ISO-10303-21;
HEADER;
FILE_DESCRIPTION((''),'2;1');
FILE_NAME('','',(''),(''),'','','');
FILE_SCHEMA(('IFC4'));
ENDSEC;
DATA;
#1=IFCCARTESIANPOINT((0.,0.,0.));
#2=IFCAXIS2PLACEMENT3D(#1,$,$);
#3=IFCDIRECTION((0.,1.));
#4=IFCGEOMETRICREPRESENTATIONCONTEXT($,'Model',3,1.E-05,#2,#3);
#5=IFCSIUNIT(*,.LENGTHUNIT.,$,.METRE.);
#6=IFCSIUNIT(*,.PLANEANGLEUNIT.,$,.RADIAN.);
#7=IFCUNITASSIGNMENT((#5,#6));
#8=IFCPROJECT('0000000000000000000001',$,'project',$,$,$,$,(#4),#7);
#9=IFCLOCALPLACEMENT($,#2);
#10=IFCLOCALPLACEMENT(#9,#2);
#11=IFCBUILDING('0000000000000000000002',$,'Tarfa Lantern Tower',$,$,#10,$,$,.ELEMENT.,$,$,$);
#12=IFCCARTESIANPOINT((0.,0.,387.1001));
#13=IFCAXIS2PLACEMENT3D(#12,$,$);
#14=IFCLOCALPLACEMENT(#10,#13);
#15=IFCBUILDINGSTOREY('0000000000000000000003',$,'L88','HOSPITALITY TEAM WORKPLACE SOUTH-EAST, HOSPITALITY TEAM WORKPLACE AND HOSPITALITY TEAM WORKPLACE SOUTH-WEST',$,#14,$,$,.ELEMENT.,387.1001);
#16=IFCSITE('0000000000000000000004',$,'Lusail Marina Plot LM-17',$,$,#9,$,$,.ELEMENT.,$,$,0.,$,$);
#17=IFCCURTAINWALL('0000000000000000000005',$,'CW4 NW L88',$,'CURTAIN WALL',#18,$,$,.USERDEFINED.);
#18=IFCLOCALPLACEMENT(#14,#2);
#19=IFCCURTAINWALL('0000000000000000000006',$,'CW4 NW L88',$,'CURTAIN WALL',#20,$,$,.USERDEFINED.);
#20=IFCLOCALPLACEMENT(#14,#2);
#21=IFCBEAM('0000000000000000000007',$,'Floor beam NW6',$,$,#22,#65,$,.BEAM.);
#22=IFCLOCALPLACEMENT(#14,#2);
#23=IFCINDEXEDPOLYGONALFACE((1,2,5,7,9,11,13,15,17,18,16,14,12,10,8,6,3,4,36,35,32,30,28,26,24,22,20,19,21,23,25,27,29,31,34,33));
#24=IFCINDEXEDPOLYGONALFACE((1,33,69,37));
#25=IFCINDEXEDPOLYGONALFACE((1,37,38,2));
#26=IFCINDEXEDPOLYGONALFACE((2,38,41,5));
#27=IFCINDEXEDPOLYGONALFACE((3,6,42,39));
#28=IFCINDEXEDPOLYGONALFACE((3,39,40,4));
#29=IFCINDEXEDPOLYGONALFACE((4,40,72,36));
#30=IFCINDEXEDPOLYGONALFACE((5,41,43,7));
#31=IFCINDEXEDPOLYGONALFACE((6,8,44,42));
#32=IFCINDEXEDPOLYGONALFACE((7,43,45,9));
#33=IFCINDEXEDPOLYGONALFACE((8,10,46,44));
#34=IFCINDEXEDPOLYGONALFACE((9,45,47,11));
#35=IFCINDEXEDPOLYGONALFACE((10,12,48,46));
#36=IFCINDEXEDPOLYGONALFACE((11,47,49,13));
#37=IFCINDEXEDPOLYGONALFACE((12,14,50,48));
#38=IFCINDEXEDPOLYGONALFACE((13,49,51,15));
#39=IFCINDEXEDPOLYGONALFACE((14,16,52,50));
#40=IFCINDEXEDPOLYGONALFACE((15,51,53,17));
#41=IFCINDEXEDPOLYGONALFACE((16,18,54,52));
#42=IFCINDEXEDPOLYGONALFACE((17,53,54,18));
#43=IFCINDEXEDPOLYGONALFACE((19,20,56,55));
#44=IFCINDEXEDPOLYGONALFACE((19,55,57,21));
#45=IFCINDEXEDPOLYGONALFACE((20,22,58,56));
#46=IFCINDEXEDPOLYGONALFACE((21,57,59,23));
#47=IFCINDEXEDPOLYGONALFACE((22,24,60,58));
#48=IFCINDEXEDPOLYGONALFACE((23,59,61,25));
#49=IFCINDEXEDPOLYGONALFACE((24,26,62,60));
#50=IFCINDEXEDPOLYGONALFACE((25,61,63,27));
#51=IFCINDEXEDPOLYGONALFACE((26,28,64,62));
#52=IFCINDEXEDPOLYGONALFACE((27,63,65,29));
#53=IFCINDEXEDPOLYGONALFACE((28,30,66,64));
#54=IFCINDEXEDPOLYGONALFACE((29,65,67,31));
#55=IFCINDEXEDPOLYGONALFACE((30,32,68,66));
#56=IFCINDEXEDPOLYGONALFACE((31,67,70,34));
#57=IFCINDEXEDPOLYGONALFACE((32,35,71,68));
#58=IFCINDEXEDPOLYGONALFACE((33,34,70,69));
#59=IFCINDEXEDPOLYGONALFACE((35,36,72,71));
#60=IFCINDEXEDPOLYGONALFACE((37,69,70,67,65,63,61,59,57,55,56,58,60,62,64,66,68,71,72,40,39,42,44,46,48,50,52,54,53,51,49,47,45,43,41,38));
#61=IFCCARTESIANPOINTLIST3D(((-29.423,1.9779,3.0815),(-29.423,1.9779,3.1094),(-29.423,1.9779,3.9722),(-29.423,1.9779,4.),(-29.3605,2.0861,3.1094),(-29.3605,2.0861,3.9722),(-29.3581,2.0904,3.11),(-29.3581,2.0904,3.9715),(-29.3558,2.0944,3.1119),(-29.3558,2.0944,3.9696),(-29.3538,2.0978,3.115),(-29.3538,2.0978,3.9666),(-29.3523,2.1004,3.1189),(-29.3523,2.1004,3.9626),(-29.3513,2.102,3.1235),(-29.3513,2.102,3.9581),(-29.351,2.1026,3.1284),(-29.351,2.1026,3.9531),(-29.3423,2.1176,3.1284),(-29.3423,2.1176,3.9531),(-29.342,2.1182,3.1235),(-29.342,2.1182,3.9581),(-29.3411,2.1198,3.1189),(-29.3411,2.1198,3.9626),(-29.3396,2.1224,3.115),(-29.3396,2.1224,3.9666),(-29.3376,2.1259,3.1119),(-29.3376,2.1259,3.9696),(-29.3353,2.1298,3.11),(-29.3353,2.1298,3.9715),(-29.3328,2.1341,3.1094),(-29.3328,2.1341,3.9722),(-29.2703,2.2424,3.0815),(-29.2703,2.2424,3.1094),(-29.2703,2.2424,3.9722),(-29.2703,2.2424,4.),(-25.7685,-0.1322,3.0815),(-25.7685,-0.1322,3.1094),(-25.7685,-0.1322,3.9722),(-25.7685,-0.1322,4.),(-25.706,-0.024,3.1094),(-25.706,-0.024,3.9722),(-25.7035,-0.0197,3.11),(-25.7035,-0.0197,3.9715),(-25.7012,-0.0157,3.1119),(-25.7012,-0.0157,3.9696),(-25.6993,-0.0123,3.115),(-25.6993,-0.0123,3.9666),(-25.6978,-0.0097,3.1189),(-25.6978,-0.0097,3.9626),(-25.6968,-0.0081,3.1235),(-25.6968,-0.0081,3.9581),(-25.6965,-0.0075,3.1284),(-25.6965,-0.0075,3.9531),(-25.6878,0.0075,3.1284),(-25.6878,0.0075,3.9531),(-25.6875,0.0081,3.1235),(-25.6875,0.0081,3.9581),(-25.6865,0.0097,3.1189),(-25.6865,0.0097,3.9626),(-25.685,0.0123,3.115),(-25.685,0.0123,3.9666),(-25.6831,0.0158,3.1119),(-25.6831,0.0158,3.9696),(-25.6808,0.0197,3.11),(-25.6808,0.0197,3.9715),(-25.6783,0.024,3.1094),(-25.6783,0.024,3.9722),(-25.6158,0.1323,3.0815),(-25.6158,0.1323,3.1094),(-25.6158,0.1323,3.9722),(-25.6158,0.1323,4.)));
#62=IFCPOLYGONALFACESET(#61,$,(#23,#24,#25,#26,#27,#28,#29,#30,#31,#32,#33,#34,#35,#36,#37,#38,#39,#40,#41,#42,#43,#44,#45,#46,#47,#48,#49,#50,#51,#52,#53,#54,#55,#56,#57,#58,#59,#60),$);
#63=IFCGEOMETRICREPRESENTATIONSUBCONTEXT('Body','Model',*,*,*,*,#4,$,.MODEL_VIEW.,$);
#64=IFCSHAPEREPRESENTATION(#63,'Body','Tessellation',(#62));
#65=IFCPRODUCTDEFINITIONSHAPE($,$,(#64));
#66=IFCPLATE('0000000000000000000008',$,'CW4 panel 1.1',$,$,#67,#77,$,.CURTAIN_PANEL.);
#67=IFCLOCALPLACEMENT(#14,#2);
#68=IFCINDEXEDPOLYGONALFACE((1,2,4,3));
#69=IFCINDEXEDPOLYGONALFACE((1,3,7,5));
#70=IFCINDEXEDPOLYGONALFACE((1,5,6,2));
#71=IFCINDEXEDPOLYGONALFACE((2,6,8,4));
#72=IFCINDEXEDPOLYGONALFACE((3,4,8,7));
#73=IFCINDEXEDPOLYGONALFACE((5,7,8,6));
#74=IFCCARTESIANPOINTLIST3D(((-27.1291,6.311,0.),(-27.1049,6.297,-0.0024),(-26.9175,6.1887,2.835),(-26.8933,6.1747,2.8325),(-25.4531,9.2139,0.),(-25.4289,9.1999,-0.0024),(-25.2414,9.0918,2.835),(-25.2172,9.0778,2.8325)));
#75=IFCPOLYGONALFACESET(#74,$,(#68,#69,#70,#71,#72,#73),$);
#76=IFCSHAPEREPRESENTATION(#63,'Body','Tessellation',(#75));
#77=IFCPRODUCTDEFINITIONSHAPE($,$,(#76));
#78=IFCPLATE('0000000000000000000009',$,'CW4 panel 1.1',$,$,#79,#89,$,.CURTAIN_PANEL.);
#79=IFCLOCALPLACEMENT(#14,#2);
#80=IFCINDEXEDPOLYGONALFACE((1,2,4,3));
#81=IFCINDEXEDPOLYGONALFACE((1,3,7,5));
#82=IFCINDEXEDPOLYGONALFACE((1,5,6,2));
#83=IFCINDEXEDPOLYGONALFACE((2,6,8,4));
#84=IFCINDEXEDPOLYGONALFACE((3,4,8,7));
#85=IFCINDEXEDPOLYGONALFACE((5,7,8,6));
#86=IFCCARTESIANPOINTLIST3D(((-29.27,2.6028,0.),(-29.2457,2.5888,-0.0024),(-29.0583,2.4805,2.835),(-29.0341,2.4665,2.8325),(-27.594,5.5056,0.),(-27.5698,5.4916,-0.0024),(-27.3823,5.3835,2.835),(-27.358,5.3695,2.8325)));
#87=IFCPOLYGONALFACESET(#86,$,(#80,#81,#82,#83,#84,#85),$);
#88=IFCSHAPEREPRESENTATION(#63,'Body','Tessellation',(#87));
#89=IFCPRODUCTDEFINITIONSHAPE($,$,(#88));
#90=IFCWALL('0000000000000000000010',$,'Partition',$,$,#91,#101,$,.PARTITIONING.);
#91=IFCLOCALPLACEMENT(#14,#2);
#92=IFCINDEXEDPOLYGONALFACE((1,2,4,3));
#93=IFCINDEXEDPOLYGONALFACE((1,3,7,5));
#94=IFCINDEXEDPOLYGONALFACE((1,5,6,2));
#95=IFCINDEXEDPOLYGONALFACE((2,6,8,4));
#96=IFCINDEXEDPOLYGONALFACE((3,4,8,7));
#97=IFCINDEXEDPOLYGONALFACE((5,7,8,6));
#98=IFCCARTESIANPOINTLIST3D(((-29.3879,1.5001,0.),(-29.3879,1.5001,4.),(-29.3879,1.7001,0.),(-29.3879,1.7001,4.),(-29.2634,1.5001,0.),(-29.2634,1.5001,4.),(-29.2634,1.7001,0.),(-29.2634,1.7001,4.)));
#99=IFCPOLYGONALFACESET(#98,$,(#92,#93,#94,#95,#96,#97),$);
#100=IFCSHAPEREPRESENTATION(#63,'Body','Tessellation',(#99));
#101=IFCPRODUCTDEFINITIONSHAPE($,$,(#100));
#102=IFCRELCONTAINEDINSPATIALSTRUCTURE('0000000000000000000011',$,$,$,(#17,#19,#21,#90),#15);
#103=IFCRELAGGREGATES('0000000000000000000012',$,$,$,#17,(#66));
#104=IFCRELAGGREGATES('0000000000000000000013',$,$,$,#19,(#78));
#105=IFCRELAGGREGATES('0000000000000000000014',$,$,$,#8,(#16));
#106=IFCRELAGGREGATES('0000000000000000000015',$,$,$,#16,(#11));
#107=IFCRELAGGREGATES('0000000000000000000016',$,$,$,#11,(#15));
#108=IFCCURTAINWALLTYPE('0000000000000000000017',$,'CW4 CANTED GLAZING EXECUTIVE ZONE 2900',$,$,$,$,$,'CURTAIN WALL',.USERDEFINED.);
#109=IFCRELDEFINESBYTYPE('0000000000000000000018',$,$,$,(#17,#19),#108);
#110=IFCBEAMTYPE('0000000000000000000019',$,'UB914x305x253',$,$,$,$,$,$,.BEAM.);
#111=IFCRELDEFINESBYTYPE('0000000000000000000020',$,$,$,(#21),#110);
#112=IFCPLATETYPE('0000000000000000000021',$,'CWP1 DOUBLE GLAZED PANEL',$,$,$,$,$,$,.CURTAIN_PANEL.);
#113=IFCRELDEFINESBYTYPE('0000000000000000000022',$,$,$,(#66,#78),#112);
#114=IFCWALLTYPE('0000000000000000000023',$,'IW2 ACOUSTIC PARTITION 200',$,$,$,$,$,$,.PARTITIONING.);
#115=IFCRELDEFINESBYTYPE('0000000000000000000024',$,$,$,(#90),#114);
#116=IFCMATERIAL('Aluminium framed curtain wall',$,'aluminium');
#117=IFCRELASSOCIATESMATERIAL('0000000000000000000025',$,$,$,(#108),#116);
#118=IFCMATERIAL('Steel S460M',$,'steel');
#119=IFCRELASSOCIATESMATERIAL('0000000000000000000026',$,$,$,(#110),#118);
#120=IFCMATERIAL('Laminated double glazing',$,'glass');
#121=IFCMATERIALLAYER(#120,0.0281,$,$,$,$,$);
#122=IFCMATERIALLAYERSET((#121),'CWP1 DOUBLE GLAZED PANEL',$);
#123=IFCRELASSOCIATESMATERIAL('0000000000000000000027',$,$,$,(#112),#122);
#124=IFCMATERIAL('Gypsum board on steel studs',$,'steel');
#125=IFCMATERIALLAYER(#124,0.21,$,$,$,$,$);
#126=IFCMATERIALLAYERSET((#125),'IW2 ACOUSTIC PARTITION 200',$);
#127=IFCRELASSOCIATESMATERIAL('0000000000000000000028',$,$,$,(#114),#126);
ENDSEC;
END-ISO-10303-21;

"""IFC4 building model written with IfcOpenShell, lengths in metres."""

from ifc_helpers import new_model, si_unit, direction, frame, frame_2d, origin, origin_2d, place, context, subcontext, project, spatial, polyline, rectangle, i_section, outline, extrude, material, layer, layer_set, material_profile, profile_set, type_object, element, aggregate, save


model = new_model("IFC4")

# Units and contexts
model_context = context("Model", 3, precision=1e-05, world=origin(), true_north=direction((0.0, 1.0)))
body_context = subcontext(model_context, "Body", "Model", "MODEL_VIEW")
ifc_project = project(units=[si_unit("LENGTHUNIT", "METRE"), si_unit("PLANEANGLEUNIT", "RADIAN")], contexts=[model_context])

# Site, building, storey
site_placement = place(None, origin())
site = spatial("IfcSite", under=ifc_project, at=site_placement, Name="Lusail Marina Plot LM-17", CompositionType="ELEMENT", RefElevation=0.0)
building_placement = place(site_placement, origin())
building = spatial("IfcBuilding", under=site, at=building_placement, Name="Tarfa Lantern Tower", CompositionType="ELEMENT")
storey_placement = place(building_placement, frame((0.0, 0.0, 387.1001)))
storey = spatial("IfcBuildingStorey", under=building, at=storey_placement, Name="L88", Description="HOSPITALITY TEAM WORKPLACE SOUTH-EAST, HOSPITALITY TEAM WORKPLACE AND HOSPITALITY TEAM WORKPLACE SOUTH-WEST", CompositionType="ELEMENT", Elevation=387.1001)

# Shared definitions
ifc_material_1 = material(Name="Aluminium framed curtain wall", Category="aluminium")
curtain_wall_type = type_object("IfcCurtainWallType", Name="CW4 CANTED GLAZING EXECUTIVE ZONE 2900", ElementType="CURTAIN WALL", PredefinedType="USERDEFINED", material=ifc_material_1)

# Curtain walls
curtain_wall_1_placement = place(storey_placement, origin())
curtain_wall_1 = element("IfcCurtainWall", 1, at=curtain_wall_1_placement, inside=storey, type_object=curtain_wall_type, Name="CW4 NW L88", ObjectType="CURTAIN WALL", PredefinedType="USERDEFINED")
curtain_wall_2_placement = place(storey_placement, origin())
curtain_wall_2 = element("IfcCurtainWall", 2, at=curtain_wall_2_placement, inside=storey, type_object=curtain_wall_type, Name="CW4 NW L88", ObjectType="CURTAIN WALL", PredefinedType="USERDEFINED")

# Beam
ifc_material_2 = material(Name="Steel S460M", Category="steel")
ifc_material_profile_1 = material_profile(ifc_material_2, i_section(OverallWidth=0.3054, OverallDepth=0.9185, WebThickness=0.0173, FlangeThickness=0.0278, FilletRadius=0.019, at=origin_2d()), Name="UB914x305x253")
ifc_profile_set_1 = profile_set([ifc_material_profile_1], Name="Steel S460M")
beam_type_1 = type_object("IfcBeamType", Name="UB914x305x253", PredefinedType="BEAM", material=ifc_profile_set_1)
beam_1_placement = place(storey_placement, frame((-29.3467, 2.1101, 3.5408), z_axis=(0.866009, -0.500028, 0.0), x_axis=(0.500028, 0.866009, 0.0)))
element("IfcBeam", 3, at=beam_1_placement, inside=storey, type_object=beam_type_1, Name="Floor beam NW6", PredefinedType="BEAM", context=body_context, shape_type="SweptSolid", body=[
    extrude(i_section(OverallWidth=0.3054, OverallDepth=0.9185, WebThickness=0.0173, FlangeThickness=0.0278, FilletRadius=0.019, at=origin_2d()), origin(), (0.0, 0.0, 1.0), 4.22),
])

# Plates
ifc_material_3 = material(Name="Laminated double glazing", Category="glass")
ifc_layer_1 = layer(ifc_material_3, 0.0281)
ifc_layer_set_1 = layer_set([ifc_layer_1], Name="CWP1 DOUBLE GLAZED PANEL")
plate_type = type_object("IfcPlateType", Name="CWP1 DOUBLE GLAZED PANEL", PredefinedType="CURTAIN_PANEL", material=ifc_layer_set_1)
plate_1_placement = place(storey_placement, frame((-25.4531, 9.2139, 0.0), z_axis=(-0.862824, 0.498153, 0.085893), x_axis=(-0.500001, -0.866025, -0.000002)))
plate_1 = element("IfcPlate", 4, at=plate_1_placement, type_object=plate_type, Name="CW4 panel 1.1", PredefinedType="CURTAIN_PANEL", context=body_context, shape_type="SweptSolid", body=[
    extrude(outline(polyline([(0.0, 0.0), (3.3519, 0.0), (3.352, 2.8455), (-0.0001, 2.8455), (0.0, 0.0)])), origin(), (0.0, 0.0, -1.0), 0.0281),
])
aggregate(curtain_wall_1, [plate_1])
plate_2_placement = place(storey_placement, frame((-27.594, 5.5056, 0.0), z_axis=(-0.862824, 0.498153, 0.085893), x_axis=(-0.500001, -0.866025, -0.000002)))
plate_2 = element("IfcPlate", 5, at=plate_2_placement, type_object=plate_type, Name="CW4 panel 1.1", PredefinedType="CURTAIN_PANEL", context=body_context, shape_type="SweptSolid", body=[
    extrude(outline(polyline([(0.0, 0.0), (3.3519, 0.0), (3.352, 2.8455), (-0.0001, 2.8455), (0.0, 0.0)])), origin(), (0.0, 0.0, -1.0), 0.0281),
])
aggregate(curtain_wall_2, [plate_2])

# Wall
ifc_material_4 = material(Name="Gypsum board on steel studs", Category="steel")
ifc_layer_2 = layer(ifc_material_4, 0.21)
ifc_layer_set_2 = layer_set([ifc_layer_2], Name="IW2 ACOUSTIC PARTITION 200")
wall_type = type_object("IfcWallType", Name="IW2 ACOUSTIC PARTITION 200", PredefinedType="PARTITIONING", material=ifc_layer_set_2)
wall_placement = place(storey_placement, frame((-29.2634, 1.6001, 0.0), z_axis=(0.0, 0.0, 1.0), x_axis=(-1.0, 0.0, 0.0)))
element("IfcWall", 6, at=wall_placement, inside=storey, type_object=wall_type, Name="Partition", PredefinedType="PARTITIONING", context=body_context, shape_type="SweptSolid", body=[
    extrude(rectangle(XDim=0.1245, YDim=0.2, at=frame_2d((0.0623, 0.0))), origin(), (0.0, 0.0, 1.0), 4.0),
])

save(model, "model.ifc")
